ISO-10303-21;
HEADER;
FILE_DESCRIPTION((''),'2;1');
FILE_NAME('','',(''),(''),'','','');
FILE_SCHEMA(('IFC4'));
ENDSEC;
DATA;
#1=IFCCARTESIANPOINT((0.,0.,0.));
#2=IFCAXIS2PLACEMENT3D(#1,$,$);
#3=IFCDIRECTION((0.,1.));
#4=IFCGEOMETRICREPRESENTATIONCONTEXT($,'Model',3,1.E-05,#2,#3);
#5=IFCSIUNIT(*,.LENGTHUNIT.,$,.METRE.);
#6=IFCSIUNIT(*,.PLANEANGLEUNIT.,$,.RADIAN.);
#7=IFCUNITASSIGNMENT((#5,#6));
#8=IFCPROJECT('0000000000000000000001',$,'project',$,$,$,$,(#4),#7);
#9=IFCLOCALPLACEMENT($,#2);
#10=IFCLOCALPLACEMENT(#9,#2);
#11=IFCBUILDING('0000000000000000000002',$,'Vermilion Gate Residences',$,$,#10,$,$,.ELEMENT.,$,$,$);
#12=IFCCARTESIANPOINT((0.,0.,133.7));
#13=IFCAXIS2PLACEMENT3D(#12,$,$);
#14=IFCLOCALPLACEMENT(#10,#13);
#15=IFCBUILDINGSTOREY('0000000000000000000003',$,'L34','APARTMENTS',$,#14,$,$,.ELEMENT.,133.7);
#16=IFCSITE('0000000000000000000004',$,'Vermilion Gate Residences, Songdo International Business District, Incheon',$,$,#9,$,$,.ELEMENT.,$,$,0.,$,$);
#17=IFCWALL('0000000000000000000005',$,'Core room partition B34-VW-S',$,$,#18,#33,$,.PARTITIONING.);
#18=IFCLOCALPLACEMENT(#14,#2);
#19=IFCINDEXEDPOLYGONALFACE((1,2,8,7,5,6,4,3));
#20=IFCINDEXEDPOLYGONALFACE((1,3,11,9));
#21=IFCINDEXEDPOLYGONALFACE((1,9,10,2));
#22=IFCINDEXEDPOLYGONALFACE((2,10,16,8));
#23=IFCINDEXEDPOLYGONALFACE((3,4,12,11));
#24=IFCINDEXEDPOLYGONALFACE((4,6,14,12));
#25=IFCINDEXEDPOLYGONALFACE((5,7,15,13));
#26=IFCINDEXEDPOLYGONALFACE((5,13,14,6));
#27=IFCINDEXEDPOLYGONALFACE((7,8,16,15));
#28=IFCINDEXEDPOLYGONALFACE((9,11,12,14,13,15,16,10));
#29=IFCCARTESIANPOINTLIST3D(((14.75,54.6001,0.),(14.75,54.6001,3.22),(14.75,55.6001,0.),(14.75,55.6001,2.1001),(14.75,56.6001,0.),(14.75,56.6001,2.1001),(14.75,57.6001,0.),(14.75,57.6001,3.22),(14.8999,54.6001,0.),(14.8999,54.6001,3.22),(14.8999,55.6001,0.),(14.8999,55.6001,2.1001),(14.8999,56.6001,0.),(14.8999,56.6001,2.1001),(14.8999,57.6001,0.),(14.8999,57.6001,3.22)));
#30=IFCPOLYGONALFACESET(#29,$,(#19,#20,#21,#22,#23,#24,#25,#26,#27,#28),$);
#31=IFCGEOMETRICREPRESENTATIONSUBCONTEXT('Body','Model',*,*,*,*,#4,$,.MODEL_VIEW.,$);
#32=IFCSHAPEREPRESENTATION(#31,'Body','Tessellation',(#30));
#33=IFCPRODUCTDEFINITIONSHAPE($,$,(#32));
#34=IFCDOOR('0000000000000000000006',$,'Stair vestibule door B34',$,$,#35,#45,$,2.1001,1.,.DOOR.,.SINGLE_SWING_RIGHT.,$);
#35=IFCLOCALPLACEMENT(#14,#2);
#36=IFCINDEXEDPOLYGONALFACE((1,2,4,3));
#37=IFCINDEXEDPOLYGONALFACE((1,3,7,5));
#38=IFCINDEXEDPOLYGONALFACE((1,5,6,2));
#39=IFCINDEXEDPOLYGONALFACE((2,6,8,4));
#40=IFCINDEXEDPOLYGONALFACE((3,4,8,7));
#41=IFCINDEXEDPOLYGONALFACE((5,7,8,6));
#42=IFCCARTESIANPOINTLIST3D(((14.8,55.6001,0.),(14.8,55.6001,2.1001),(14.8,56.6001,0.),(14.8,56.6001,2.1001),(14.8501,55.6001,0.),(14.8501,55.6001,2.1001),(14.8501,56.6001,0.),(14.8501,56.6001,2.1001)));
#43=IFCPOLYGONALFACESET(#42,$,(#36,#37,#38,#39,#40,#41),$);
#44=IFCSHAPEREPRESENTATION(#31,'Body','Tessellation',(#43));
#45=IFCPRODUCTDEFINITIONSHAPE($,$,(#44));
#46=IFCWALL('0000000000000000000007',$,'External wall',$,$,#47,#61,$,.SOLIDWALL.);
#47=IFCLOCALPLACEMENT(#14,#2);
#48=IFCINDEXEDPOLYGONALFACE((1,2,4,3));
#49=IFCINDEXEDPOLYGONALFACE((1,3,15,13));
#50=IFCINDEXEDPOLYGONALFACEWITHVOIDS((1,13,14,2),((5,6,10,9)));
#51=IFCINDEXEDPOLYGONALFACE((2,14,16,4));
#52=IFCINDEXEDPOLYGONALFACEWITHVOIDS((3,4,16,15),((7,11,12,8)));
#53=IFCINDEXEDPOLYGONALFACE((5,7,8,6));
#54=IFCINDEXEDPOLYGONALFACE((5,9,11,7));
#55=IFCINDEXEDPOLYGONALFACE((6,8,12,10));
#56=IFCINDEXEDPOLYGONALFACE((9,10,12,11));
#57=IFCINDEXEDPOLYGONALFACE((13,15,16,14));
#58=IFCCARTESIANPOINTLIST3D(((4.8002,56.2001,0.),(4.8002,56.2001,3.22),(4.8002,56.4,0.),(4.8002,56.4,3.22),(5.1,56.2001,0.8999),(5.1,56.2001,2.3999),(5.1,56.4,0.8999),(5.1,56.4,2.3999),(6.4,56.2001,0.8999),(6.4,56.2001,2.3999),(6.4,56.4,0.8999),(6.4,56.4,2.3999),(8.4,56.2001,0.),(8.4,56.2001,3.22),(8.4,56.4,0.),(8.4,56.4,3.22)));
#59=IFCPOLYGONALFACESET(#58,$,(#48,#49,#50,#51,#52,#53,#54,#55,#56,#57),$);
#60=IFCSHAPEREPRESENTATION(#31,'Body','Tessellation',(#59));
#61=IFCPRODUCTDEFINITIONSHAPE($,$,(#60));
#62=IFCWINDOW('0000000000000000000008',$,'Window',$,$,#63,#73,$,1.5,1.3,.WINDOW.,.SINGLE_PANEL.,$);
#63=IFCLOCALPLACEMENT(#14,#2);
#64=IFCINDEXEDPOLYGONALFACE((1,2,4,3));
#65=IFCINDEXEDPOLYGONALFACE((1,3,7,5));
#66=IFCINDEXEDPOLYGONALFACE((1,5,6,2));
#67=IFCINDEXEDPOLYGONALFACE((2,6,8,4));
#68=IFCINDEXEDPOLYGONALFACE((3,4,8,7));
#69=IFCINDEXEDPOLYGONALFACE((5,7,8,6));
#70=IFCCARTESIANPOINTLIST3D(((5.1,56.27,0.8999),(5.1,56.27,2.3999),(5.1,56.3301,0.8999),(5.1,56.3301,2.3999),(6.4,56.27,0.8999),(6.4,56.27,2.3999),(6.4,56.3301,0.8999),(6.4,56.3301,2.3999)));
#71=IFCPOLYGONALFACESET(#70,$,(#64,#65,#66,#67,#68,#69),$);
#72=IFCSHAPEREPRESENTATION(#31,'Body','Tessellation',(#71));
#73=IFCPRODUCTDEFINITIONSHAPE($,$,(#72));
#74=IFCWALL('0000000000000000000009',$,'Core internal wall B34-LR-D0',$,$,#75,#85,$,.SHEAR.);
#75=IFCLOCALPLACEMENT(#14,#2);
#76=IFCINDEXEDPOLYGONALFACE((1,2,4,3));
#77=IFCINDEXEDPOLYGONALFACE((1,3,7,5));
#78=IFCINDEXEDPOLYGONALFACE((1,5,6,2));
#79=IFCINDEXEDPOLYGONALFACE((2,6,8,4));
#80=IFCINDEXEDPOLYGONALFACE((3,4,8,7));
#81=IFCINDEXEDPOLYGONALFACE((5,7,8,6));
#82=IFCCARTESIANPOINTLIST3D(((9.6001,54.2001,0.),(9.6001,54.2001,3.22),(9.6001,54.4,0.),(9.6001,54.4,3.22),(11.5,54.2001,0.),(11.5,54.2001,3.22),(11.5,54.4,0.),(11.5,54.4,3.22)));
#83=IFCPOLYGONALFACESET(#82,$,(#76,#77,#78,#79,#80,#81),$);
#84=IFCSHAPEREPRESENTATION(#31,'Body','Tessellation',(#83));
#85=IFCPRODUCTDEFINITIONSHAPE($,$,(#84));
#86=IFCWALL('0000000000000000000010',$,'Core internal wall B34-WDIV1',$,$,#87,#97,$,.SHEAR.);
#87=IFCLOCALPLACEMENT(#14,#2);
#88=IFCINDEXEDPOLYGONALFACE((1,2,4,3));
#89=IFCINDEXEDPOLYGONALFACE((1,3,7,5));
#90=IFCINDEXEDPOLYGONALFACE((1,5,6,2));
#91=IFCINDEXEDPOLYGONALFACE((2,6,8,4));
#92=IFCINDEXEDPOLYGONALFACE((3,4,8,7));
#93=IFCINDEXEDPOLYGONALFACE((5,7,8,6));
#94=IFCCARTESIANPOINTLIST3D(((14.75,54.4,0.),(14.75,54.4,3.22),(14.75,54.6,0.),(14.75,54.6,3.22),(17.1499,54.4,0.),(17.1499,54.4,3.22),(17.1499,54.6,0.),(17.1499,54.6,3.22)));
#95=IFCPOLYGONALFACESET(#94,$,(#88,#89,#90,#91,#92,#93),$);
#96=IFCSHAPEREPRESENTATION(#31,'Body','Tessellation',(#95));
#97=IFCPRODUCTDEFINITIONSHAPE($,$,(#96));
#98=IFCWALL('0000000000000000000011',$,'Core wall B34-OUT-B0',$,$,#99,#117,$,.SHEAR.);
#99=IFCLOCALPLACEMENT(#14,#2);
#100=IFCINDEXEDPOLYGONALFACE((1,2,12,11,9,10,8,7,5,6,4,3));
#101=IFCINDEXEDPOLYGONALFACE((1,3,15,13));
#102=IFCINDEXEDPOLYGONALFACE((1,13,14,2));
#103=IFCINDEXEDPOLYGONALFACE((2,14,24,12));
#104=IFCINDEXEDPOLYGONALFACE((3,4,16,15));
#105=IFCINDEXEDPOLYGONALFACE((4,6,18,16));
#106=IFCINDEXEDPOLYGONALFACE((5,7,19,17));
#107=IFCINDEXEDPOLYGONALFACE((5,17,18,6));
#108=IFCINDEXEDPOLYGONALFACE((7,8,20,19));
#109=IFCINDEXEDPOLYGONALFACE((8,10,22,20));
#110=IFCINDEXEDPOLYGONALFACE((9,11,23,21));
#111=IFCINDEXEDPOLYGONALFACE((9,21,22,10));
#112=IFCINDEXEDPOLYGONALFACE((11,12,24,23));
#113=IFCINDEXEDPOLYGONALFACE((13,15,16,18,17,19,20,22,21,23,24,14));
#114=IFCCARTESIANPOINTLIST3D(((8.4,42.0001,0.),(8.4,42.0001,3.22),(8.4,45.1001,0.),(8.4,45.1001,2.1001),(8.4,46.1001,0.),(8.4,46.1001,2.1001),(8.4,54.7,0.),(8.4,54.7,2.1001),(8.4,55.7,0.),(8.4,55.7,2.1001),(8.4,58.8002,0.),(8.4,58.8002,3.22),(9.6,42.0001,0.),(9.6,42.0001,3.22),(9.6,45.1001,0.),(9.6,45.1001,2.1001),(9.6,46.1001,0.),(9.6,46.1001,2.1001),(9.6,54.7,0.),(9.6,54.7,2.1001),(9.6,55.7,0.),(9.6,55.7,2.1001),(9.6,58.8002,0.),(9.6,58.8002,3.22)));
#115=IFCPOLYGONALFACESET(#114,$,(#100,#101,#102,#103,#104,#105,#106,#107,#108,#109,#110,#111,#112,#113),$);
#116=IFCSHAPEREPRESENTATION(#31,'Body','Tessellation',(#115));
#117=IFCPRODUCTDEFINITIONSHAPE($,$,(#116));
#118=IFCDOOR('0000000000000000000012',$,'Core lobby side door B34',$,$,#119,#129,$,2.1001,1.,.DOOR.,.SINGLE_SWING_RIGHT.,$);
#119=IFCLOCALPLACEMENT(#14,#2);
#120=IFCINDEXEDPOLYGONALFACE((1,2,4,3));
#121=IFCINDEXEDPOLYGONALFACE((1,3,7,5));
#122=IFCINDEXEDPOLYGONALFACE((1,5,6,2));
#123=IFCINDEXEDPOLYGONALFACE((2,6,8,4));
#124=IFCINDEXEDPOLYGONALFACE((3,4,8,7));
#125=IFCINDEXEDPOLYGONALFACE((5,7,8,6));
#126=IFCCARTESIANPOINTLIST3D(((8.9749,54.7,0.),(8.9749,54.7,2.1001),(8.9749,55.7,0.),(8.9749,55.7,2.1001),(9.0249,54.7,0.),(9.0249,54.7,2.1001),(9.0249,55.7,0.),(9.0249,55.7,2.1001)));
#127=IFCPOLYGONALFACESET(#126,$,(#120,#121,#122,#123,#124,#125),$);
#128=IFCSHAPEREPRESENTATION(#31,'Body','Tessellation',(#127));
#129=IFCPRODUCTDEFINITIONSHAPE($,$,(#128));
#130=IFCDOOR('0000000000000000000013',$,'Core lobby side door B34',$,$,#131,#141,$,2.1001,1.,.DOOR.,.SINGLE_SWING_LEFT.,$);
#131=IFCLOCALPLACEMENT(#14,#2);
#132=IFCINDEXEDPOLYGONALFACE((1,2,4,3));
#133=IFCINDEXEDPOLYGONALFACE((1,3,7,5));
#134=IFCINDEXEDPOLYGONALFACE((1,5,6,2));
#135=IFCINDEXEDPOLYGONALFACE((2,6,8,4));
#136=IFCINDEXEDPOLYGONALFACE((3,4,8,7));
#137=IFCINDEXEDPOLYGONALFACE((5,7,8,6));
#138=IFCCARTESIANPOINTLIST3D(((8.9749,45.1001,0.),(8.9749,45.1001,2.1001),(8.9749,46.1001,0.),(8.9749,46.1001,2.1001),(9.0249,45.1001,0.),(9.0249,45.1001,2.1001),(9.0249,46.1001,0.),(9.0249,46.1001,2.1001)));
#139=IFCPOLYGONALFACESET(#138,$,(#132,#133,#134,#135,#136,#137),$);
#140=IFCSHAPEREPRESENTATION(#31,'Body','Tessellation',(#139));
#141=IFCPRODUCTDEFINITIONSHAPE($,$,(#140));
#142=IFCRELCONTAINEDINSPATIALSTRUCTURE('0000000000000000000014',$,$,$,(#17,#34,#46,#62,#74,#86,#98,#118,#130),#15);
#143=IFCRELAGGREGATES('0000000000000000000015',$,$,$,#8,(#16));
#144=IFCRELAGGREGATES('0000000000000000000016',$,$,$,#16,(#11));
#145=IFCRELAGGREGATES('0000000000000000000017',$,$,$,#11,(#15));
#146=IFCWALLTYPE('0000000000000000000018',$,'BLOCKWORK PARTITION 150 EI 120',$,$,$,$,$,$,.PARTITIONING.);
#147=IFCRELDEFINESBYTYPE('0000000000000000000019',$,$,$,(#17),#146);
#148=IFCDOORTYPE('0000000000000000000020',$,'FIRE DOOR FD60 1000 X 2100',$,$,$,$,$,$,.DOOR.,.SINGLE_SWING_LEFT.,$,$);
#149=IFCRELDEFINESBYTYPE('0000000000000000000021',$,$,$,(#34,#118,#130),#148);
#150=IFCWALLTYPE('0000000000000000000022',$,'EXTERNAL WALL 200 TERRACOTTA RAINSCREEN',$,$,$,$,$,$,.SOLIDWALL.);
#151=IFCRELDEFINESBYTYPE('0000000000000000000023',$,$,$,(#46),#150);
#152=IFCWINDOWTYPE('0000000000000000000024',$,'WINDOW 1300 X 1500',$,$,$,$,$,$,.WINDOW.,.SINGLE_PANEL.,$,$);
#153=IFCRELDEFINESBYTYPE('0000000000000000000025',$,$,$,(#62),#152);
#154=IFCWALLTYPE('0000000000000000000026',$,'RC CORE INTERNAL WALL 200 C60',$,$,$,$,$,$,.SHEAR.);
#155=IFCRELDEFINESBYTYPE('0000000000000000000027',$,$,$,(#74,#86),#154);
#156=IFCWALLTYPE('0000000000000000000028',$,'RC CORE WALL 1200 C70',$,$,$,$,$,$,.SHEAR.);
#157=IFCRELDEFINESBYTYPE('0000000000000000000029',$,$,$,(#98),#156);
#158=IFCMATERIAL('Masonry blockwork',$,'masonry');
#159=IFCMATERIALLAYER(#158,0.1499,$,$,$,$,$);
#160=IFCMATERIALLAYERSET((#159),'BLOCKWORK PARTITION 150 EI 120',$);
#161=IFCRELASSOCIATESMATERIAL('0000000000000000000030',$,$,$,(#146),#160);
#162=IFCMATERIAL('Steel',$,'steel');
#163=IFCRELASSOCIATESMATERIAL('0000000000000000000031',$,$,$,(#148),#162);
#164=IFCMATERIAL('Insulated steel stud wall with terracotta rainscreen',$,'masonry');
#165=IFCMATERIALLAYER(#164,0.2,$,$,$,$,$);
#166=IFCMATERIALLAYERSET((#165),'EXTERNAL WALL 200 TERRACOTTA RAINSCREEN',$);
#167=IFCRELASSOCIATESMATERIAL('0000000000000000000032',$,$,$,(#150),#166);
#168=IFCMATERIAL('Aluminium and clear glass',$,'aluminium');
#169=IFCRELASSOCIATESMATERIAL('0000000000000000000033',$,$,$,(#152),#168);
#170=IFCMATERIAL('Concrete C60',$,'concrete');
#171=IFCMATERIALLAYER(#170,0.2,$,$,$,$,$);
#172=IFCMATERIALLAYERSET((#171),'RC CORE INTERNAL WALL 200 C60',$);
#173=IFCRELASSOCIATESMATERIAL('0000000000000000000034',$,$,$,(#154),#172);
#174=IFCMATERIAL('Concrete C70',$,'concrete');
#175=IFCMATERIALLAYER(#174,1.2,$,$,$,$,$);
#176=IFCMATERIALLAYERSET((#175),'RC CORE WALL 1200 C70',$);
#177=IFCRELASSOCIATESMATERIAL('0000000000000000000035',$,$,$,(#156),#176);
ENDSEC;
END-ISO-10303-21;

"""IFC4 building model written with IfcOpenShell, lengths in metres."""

from ifc_helpers import new_model, si_unit, direction, frame, frame_2d, origin, place, context, subcontext, project, spatial, rectangle, extrude, material, layer, layer_set, type_object, element, fill, save


model = new_model("IFC4")

# Units and contexts
model_context = context("Model", 3, precision=1e-05, world=origin(), true_north=direction((0.0, 1.0)))
body_context = subcontext(model_context, "Body", "Model", "MODEL_VIEW")
ifc_project = project(units=[si_unit("LENGTHUNIT", "METRE"), si_unit("PLANEANGLEUNIT", "RADIAN")], contexts=[model_context])

# Site, building, storey
site_placement = place(None, origin())
site = spatial("IfcSite", under=ifc_project, at=site_placement, Name="Vermilion Gate Residences, Songdo International Business District, Incheon", CompositionType="ELEMENT", RefElevation=0.0)
building_placement = place(site_placement, origin())
building = spatial("IfcBuilding", under=site, at=building_placement, Name="Vermilion Gate Residences", CompositionType="ELEMENT")
storey_placement = place(building_placement, frame((0.0, 0.0, 133.7)))
storey = spatial("IfcBuildingStorey", under=building, at=storey_placement, Name="L34", Description="APARTMENTS", CompositionType="ELEMENT", Elevation=133.7)

# Wall, opening, door
ifc_material_1 = material(Name="Masonry blockwork", Category="masonry")
ifc_layer_1 = layer(ifc_material_1, 0.1499)
ifc_layer_set_1 = layer_set([ifc_layer_1], Name="BLOCKWORK PARTITION 150 EI 120")
wall_type_1 = type_object("IfcWallType", Name="BLOCKWORK PARTITION 150 EI 120", PredefinedType="PARTITIONING", material=ifc_layer_set_1)
wall_1_placement = place(storey_placement, frame((14.825, 57.6001, 0.0), z_axis=(0.0, 0.0, 1.0), x_axis=(0.0, -1.0, 0.0)))
wall_1 = element("IfcWall", 1, at=wall_1_placement, inside=storey, type_object=wall_type_1, Name="Core room partition B34-VW-S", PredefinedType="PARTITIONING", context=body_context, shape_type="SweptSolid", body=[
    extrude(rectangle(XDim=3.0, YDim=0.1499, at=frame_2d((1.5, 0.0))), origin(), (0.0, 0.0, 1.0), 3.22),
])
opening_1_placement = place(wall_1_placement, frame((1.0, 0.0, 0.0)))
opening_1 = element("IfcOpeningElement", 2, at=opening_1_placement, cuts=wall_1, PredefinedType="OPENING", context=body_context, shape_type="SweptSolid", body=[
    extrude(rectangle(XDim=1.0, YDim=2.1001, at=frame_2d((0.5, 1.05))), frame((0.0, 0.085, 0.0), z_axis=(0.0, -1.0, 0.0), x_axis=(1.0, 0.0, 0.0)), (0.0, 0.0, 1.0), 0.1699),
])
ifc_material_2 = material(Name="Steel", Category="steel")
door_type_1 = type_object("IfcDoorType", Name="FIRE DOOR FD60 1000 X 2100", OperationType="SINGLE_SWING_LEFT", PredefinedType="DOOR", material=ifc_material_2)
door_1_placement = place(opening_1_placement, frame((1.0, 0.0, 0.0), z_axis=(0.0, 0.0, 1.0), x_axis=(-1.0, 0.0, 0.0)))
door_1 = element("IfcDoor", 3, at=door_1_placement, inside=storey, type_object=door_type_1, Name="Stair vestibule door B34", OperationType="SINGLE_SWING_RIGHT", OverallHeight=2.1001, OverallWidth=1.0, PredefinedType="DOOR", context=body_context, shape_type="SweptSolid", body=[
    extrude(rectangle(XDim=1.0, YDim=2.1001, at=frame_2d((0.5, 1.05))), frame((0.0, 0.0249, 0.0), z_axis=(0.0, -1.0, 0.0), x_axis=(1.0, 0.0, 0.0)), (0.0, 0.0, 1.0), 0.05),
])
fill(opening_1, door_1)

# Wall, opening, window
ifc_material_3 = material(Name="Insulated steel stud wall with terracotta rainscreen", Category="masonry")
ifc_layer_2 = layer(ifc_material_3, 0.2)
ifc_layer_set_2 = layer_set([ifc_layer_2], Name="EXTERNAL WALL 200 TERRACOTTA RAINSCREEN")
wall_type_2 = type_object("IfcWallType", Name="EXTERNAL WALL 200 TERRACOTTA RAINSCREEN", PredefinedType="SOLIDWALL", material=ifc_layer_set_2)
wall_2_placement = place(storey_placement, frame((8.3999, 56.3, 0.0), z_axis=(0.0, 0.0, 1.0), x_axis=(-1.0, 0.0, 0.0)))
wall_2 = element("IfcWall", 4, at=wall_2_placement, inside=storey, type_object=wall_type_2, Name="External wall", PredefinedType="SOLIDWALL", context=body_context, shape_type="SweptSolid", body=[
    extrude(rectangle(XDim=3.5999, YDim=0.2, at=frame_2d((1.7998, 0.0))), origin(), (0.0, 0.0, 1.0), 3.22),
])
opening_2_placement = place(wall_2_placement, frame((2.0, 0.0, 0.8999)))
opening_2 = element("IfcOpeningElement", 5, at=opening_2_placement, cuts=wall_2, PredefinedType="OPENING", context=body_context, shape_type="SweptSolid", body=[
    extrude(rectangle(XDim=1.3, YDim=1.5, at=frame_2d((0.6499, 0.75))), frame((0.0, 0.1099, 0.0), z_axis=(0.0, -1.0, 0.0), x_axis=(1.0, 0.0, 0.0)), (0.0, 0.0, 1.0), 0.22),
])
ifc_material_4 = material(Name="Aluminium and clear glass", Category="aluminium")
window_type_1 = type_object("IfcWindowType", Name="WINDOW 1300 X 1500", PartitioningType="SINGLE_PANEL", PredefinedType="WINDOW", material=ifc_material_4)
window_1_placement = place(opening_2_placement, origin())
window_1 = element("IfcWindow", 6, at=window_1_placement, inside=storey, type_object=window_type_1, Name="Window", OverallHeight=1.5, OverallWidth=1.3, PartitioningType="SINGLE_PANEL", PredefinedType="WINDOW", context=body_context, shape_type="SweptSolid", body=[
    extrude(rectangle(XDim=1.3, YDim=1.5, at=frame_2d((0.6499, 0.75))), frame((0.0, 0.03, 0.0), z_axis=(0.0, -1.0, 0.0), x_axis=(1.0, 0.0, 0.0)), (0.0, 0.0, 1.0), 0.0601),
])
fill(opening_2, window_1)

# Walls
ifc_material_5 = material(Name="Concrete C60", Category="concrete")
ifc_layer_3 = layer(ifc_material_5, 0.2)
ifc_layer_set_3 = layer_set([ifc_layer_3], Name="RC CORE INTERNAL WALL 200 C60")
wall_type_3 = type_object("IfcWallType", Name="RC CORE INTERNAL WALL 200 C60", PredefinedType="SHEAR", material=ifc_layer_set_3)
wall_3_placement = place(storey_placement, frame((9.6001, 54.3, 0.0), z_axis=(0.0, 0.0, 1.0), x_axis=(1.0, 0.0, 0.0)))
element("IfcWall", 7, at=wall_3_placement, inside=storey, type_object=wall_type_3, Name="Core internal wall B34-LR-D0", PredefinedType="SHEAR", context=body_context, shape_type="SweptSolid", body=[
    extrude(rectangle(XDim=1.8999, YDim=0.2, at=frame_2d((0.95, 0.0))), origin(), (0.0, 0.0, 1.0), 3.22),
])
wall_4_placement = place(storey_placement, frame((14.75, 54.5, 0.0), z_axis=(0.0, 0.0, 1.0), x_axis=(1.0, 0.0, 0.0)))
element("IfcWall", 8, at=wall_4_placement, inside=storey, type_object=wall_type_3, Name="Core internal wall B34-WDIV1", PredefinedType="SHEAR", context=body_context, shape_type="SweptSolid", body=[
    extrude(rectangle(XDim=2.3999, YDim=0.2, at=frame_2d((1.2, 0.0))), origin(), (0.0, 0.0, 1.0), 3.22),
])

# Wall, openings, doors
ifc_material_6 = material(Name="Concrete C70", Category="concrete")
ifc_layer_4 = layer(ifc_material_6, 1.2)
ifc_layer_set_4 = layer_set([ifc_layer_4], Name="RC CORE WALL 1200 C70")
wall_type_4 = type_object("IfcWallType", Name="RC CORE WALL 1200 C70", PredefinedType="SHEAR", material=ifc_layer_set_4)
wall_5_placement = place(storey_placement, frame((9.0, 58.8, 0.0), z_axis=(0.0, 0.0, 1.0), x_axis=(0.0, -1.0, 0.0)))
wall_5 = element("IfcWall", 9, at=wall_5_placement, inside=storey, type_object=wall_type_4, Name="Core wall B34-OUT-B0", PredefinedType="SHEAR", context=body_context, shape_type="SweptSolid", body=[
    extrude(rectangle(XDim=16.8, YDim=1.2, at=frame_2d((8.3999, 0.0))), origin(), (0.0, 0.0, 1.0), 3.22),
])
opening_3_placement = place(wall_5_placement, frame((3.1001, 0.0, 0.0)))
opening_3 = element("IfcOpeningElement", 10, at=opening_3_placement, cuts=wall_5, PredefinedType="OPENING", context=body_context, shape_type="SweptSolid", body=[
    extrude(rectangle(XDim=1.0, YDim=2.1001, at=frame_2d((0.5, 1.05))), frame((0.0, 0.6099, 0.0), z_axis=(0.0, -1.0, 0.0), x_axis=(1.0, 0.0, 0.0)), (0.0, 0.0, 1.0), 1.22),
])
opening_4_placement = place(wall_5_placement, frame((12.7, 0.0, 0.0)))
opening_4 = element("IfcOpeningElement", 11, at=opening_4_placement, cuts=wall_5, PredefinedType="OPENING", context=body_context, shape_type="SweptSolid", body=[
    extrude(rectangle(XDim=1.0, YDim=2.1001, at=frame_2d((0.5, 1.05))), frame((0.0, 0.6099, 0.0), z_axis=(0.0, -1.0, 0.0), x_axis=(1.0, 0.0, 0.0)), (0.0, 0.0, 1.0), 1.22),
])
door_2_placement = place(opening_3_placement, origin())
door_2 = element("IfcDoor", 12, at=door_2_placement, inside=storey, type_object=door_type_1, Name="Core lobby side door B34", OperationType="SINGLE_SWING_RIGHT", OverallHeight=2.1001, OverallWidth=1.0, PredefinedType="DOOR", context=body_context, shape_type="SweptSolid", body=[
    extrude(rectangle(XDim=1.0, YDim=2.1001, at=frame_2d((0.5, 1.05))), frame((0.0, 0.0249, 0.0), z_axis=(0.0, -1.0, 0.0), x_axis=(1.0, 0.0, 0.0)), (0.0, 0.0, 1.0), 0.05),
])
fill(opening_3, door_2)
door_3_placement = place(opening_4_placement, origin())
door_3 = element("IfcDoor", 13, at=door_3_placement, inside=storey, type_object=door_type_1, Name="Core lobby side door B34", OperationType="SINGLE_SWING_LEFT", OverallHeight=2.1001, OverallWidth=1.0, PredefinedType="DOOR", context=body_context, shape_type="SweptSolid", body=[
    extrude(rectangle(XDim=1.0, YDim=2.1001, at=frame_2d((0.5, 1.05))), frame((0.0, 0.0249, 0.0), z_axis=(0.0, -1.0, 0.0), x_axis=(1.0, 0.0, 0.0)), (0.0, 0.0, 1.0), 0.05),
])
fill(opening_4, door_3)

save(model, "model.ifc")
